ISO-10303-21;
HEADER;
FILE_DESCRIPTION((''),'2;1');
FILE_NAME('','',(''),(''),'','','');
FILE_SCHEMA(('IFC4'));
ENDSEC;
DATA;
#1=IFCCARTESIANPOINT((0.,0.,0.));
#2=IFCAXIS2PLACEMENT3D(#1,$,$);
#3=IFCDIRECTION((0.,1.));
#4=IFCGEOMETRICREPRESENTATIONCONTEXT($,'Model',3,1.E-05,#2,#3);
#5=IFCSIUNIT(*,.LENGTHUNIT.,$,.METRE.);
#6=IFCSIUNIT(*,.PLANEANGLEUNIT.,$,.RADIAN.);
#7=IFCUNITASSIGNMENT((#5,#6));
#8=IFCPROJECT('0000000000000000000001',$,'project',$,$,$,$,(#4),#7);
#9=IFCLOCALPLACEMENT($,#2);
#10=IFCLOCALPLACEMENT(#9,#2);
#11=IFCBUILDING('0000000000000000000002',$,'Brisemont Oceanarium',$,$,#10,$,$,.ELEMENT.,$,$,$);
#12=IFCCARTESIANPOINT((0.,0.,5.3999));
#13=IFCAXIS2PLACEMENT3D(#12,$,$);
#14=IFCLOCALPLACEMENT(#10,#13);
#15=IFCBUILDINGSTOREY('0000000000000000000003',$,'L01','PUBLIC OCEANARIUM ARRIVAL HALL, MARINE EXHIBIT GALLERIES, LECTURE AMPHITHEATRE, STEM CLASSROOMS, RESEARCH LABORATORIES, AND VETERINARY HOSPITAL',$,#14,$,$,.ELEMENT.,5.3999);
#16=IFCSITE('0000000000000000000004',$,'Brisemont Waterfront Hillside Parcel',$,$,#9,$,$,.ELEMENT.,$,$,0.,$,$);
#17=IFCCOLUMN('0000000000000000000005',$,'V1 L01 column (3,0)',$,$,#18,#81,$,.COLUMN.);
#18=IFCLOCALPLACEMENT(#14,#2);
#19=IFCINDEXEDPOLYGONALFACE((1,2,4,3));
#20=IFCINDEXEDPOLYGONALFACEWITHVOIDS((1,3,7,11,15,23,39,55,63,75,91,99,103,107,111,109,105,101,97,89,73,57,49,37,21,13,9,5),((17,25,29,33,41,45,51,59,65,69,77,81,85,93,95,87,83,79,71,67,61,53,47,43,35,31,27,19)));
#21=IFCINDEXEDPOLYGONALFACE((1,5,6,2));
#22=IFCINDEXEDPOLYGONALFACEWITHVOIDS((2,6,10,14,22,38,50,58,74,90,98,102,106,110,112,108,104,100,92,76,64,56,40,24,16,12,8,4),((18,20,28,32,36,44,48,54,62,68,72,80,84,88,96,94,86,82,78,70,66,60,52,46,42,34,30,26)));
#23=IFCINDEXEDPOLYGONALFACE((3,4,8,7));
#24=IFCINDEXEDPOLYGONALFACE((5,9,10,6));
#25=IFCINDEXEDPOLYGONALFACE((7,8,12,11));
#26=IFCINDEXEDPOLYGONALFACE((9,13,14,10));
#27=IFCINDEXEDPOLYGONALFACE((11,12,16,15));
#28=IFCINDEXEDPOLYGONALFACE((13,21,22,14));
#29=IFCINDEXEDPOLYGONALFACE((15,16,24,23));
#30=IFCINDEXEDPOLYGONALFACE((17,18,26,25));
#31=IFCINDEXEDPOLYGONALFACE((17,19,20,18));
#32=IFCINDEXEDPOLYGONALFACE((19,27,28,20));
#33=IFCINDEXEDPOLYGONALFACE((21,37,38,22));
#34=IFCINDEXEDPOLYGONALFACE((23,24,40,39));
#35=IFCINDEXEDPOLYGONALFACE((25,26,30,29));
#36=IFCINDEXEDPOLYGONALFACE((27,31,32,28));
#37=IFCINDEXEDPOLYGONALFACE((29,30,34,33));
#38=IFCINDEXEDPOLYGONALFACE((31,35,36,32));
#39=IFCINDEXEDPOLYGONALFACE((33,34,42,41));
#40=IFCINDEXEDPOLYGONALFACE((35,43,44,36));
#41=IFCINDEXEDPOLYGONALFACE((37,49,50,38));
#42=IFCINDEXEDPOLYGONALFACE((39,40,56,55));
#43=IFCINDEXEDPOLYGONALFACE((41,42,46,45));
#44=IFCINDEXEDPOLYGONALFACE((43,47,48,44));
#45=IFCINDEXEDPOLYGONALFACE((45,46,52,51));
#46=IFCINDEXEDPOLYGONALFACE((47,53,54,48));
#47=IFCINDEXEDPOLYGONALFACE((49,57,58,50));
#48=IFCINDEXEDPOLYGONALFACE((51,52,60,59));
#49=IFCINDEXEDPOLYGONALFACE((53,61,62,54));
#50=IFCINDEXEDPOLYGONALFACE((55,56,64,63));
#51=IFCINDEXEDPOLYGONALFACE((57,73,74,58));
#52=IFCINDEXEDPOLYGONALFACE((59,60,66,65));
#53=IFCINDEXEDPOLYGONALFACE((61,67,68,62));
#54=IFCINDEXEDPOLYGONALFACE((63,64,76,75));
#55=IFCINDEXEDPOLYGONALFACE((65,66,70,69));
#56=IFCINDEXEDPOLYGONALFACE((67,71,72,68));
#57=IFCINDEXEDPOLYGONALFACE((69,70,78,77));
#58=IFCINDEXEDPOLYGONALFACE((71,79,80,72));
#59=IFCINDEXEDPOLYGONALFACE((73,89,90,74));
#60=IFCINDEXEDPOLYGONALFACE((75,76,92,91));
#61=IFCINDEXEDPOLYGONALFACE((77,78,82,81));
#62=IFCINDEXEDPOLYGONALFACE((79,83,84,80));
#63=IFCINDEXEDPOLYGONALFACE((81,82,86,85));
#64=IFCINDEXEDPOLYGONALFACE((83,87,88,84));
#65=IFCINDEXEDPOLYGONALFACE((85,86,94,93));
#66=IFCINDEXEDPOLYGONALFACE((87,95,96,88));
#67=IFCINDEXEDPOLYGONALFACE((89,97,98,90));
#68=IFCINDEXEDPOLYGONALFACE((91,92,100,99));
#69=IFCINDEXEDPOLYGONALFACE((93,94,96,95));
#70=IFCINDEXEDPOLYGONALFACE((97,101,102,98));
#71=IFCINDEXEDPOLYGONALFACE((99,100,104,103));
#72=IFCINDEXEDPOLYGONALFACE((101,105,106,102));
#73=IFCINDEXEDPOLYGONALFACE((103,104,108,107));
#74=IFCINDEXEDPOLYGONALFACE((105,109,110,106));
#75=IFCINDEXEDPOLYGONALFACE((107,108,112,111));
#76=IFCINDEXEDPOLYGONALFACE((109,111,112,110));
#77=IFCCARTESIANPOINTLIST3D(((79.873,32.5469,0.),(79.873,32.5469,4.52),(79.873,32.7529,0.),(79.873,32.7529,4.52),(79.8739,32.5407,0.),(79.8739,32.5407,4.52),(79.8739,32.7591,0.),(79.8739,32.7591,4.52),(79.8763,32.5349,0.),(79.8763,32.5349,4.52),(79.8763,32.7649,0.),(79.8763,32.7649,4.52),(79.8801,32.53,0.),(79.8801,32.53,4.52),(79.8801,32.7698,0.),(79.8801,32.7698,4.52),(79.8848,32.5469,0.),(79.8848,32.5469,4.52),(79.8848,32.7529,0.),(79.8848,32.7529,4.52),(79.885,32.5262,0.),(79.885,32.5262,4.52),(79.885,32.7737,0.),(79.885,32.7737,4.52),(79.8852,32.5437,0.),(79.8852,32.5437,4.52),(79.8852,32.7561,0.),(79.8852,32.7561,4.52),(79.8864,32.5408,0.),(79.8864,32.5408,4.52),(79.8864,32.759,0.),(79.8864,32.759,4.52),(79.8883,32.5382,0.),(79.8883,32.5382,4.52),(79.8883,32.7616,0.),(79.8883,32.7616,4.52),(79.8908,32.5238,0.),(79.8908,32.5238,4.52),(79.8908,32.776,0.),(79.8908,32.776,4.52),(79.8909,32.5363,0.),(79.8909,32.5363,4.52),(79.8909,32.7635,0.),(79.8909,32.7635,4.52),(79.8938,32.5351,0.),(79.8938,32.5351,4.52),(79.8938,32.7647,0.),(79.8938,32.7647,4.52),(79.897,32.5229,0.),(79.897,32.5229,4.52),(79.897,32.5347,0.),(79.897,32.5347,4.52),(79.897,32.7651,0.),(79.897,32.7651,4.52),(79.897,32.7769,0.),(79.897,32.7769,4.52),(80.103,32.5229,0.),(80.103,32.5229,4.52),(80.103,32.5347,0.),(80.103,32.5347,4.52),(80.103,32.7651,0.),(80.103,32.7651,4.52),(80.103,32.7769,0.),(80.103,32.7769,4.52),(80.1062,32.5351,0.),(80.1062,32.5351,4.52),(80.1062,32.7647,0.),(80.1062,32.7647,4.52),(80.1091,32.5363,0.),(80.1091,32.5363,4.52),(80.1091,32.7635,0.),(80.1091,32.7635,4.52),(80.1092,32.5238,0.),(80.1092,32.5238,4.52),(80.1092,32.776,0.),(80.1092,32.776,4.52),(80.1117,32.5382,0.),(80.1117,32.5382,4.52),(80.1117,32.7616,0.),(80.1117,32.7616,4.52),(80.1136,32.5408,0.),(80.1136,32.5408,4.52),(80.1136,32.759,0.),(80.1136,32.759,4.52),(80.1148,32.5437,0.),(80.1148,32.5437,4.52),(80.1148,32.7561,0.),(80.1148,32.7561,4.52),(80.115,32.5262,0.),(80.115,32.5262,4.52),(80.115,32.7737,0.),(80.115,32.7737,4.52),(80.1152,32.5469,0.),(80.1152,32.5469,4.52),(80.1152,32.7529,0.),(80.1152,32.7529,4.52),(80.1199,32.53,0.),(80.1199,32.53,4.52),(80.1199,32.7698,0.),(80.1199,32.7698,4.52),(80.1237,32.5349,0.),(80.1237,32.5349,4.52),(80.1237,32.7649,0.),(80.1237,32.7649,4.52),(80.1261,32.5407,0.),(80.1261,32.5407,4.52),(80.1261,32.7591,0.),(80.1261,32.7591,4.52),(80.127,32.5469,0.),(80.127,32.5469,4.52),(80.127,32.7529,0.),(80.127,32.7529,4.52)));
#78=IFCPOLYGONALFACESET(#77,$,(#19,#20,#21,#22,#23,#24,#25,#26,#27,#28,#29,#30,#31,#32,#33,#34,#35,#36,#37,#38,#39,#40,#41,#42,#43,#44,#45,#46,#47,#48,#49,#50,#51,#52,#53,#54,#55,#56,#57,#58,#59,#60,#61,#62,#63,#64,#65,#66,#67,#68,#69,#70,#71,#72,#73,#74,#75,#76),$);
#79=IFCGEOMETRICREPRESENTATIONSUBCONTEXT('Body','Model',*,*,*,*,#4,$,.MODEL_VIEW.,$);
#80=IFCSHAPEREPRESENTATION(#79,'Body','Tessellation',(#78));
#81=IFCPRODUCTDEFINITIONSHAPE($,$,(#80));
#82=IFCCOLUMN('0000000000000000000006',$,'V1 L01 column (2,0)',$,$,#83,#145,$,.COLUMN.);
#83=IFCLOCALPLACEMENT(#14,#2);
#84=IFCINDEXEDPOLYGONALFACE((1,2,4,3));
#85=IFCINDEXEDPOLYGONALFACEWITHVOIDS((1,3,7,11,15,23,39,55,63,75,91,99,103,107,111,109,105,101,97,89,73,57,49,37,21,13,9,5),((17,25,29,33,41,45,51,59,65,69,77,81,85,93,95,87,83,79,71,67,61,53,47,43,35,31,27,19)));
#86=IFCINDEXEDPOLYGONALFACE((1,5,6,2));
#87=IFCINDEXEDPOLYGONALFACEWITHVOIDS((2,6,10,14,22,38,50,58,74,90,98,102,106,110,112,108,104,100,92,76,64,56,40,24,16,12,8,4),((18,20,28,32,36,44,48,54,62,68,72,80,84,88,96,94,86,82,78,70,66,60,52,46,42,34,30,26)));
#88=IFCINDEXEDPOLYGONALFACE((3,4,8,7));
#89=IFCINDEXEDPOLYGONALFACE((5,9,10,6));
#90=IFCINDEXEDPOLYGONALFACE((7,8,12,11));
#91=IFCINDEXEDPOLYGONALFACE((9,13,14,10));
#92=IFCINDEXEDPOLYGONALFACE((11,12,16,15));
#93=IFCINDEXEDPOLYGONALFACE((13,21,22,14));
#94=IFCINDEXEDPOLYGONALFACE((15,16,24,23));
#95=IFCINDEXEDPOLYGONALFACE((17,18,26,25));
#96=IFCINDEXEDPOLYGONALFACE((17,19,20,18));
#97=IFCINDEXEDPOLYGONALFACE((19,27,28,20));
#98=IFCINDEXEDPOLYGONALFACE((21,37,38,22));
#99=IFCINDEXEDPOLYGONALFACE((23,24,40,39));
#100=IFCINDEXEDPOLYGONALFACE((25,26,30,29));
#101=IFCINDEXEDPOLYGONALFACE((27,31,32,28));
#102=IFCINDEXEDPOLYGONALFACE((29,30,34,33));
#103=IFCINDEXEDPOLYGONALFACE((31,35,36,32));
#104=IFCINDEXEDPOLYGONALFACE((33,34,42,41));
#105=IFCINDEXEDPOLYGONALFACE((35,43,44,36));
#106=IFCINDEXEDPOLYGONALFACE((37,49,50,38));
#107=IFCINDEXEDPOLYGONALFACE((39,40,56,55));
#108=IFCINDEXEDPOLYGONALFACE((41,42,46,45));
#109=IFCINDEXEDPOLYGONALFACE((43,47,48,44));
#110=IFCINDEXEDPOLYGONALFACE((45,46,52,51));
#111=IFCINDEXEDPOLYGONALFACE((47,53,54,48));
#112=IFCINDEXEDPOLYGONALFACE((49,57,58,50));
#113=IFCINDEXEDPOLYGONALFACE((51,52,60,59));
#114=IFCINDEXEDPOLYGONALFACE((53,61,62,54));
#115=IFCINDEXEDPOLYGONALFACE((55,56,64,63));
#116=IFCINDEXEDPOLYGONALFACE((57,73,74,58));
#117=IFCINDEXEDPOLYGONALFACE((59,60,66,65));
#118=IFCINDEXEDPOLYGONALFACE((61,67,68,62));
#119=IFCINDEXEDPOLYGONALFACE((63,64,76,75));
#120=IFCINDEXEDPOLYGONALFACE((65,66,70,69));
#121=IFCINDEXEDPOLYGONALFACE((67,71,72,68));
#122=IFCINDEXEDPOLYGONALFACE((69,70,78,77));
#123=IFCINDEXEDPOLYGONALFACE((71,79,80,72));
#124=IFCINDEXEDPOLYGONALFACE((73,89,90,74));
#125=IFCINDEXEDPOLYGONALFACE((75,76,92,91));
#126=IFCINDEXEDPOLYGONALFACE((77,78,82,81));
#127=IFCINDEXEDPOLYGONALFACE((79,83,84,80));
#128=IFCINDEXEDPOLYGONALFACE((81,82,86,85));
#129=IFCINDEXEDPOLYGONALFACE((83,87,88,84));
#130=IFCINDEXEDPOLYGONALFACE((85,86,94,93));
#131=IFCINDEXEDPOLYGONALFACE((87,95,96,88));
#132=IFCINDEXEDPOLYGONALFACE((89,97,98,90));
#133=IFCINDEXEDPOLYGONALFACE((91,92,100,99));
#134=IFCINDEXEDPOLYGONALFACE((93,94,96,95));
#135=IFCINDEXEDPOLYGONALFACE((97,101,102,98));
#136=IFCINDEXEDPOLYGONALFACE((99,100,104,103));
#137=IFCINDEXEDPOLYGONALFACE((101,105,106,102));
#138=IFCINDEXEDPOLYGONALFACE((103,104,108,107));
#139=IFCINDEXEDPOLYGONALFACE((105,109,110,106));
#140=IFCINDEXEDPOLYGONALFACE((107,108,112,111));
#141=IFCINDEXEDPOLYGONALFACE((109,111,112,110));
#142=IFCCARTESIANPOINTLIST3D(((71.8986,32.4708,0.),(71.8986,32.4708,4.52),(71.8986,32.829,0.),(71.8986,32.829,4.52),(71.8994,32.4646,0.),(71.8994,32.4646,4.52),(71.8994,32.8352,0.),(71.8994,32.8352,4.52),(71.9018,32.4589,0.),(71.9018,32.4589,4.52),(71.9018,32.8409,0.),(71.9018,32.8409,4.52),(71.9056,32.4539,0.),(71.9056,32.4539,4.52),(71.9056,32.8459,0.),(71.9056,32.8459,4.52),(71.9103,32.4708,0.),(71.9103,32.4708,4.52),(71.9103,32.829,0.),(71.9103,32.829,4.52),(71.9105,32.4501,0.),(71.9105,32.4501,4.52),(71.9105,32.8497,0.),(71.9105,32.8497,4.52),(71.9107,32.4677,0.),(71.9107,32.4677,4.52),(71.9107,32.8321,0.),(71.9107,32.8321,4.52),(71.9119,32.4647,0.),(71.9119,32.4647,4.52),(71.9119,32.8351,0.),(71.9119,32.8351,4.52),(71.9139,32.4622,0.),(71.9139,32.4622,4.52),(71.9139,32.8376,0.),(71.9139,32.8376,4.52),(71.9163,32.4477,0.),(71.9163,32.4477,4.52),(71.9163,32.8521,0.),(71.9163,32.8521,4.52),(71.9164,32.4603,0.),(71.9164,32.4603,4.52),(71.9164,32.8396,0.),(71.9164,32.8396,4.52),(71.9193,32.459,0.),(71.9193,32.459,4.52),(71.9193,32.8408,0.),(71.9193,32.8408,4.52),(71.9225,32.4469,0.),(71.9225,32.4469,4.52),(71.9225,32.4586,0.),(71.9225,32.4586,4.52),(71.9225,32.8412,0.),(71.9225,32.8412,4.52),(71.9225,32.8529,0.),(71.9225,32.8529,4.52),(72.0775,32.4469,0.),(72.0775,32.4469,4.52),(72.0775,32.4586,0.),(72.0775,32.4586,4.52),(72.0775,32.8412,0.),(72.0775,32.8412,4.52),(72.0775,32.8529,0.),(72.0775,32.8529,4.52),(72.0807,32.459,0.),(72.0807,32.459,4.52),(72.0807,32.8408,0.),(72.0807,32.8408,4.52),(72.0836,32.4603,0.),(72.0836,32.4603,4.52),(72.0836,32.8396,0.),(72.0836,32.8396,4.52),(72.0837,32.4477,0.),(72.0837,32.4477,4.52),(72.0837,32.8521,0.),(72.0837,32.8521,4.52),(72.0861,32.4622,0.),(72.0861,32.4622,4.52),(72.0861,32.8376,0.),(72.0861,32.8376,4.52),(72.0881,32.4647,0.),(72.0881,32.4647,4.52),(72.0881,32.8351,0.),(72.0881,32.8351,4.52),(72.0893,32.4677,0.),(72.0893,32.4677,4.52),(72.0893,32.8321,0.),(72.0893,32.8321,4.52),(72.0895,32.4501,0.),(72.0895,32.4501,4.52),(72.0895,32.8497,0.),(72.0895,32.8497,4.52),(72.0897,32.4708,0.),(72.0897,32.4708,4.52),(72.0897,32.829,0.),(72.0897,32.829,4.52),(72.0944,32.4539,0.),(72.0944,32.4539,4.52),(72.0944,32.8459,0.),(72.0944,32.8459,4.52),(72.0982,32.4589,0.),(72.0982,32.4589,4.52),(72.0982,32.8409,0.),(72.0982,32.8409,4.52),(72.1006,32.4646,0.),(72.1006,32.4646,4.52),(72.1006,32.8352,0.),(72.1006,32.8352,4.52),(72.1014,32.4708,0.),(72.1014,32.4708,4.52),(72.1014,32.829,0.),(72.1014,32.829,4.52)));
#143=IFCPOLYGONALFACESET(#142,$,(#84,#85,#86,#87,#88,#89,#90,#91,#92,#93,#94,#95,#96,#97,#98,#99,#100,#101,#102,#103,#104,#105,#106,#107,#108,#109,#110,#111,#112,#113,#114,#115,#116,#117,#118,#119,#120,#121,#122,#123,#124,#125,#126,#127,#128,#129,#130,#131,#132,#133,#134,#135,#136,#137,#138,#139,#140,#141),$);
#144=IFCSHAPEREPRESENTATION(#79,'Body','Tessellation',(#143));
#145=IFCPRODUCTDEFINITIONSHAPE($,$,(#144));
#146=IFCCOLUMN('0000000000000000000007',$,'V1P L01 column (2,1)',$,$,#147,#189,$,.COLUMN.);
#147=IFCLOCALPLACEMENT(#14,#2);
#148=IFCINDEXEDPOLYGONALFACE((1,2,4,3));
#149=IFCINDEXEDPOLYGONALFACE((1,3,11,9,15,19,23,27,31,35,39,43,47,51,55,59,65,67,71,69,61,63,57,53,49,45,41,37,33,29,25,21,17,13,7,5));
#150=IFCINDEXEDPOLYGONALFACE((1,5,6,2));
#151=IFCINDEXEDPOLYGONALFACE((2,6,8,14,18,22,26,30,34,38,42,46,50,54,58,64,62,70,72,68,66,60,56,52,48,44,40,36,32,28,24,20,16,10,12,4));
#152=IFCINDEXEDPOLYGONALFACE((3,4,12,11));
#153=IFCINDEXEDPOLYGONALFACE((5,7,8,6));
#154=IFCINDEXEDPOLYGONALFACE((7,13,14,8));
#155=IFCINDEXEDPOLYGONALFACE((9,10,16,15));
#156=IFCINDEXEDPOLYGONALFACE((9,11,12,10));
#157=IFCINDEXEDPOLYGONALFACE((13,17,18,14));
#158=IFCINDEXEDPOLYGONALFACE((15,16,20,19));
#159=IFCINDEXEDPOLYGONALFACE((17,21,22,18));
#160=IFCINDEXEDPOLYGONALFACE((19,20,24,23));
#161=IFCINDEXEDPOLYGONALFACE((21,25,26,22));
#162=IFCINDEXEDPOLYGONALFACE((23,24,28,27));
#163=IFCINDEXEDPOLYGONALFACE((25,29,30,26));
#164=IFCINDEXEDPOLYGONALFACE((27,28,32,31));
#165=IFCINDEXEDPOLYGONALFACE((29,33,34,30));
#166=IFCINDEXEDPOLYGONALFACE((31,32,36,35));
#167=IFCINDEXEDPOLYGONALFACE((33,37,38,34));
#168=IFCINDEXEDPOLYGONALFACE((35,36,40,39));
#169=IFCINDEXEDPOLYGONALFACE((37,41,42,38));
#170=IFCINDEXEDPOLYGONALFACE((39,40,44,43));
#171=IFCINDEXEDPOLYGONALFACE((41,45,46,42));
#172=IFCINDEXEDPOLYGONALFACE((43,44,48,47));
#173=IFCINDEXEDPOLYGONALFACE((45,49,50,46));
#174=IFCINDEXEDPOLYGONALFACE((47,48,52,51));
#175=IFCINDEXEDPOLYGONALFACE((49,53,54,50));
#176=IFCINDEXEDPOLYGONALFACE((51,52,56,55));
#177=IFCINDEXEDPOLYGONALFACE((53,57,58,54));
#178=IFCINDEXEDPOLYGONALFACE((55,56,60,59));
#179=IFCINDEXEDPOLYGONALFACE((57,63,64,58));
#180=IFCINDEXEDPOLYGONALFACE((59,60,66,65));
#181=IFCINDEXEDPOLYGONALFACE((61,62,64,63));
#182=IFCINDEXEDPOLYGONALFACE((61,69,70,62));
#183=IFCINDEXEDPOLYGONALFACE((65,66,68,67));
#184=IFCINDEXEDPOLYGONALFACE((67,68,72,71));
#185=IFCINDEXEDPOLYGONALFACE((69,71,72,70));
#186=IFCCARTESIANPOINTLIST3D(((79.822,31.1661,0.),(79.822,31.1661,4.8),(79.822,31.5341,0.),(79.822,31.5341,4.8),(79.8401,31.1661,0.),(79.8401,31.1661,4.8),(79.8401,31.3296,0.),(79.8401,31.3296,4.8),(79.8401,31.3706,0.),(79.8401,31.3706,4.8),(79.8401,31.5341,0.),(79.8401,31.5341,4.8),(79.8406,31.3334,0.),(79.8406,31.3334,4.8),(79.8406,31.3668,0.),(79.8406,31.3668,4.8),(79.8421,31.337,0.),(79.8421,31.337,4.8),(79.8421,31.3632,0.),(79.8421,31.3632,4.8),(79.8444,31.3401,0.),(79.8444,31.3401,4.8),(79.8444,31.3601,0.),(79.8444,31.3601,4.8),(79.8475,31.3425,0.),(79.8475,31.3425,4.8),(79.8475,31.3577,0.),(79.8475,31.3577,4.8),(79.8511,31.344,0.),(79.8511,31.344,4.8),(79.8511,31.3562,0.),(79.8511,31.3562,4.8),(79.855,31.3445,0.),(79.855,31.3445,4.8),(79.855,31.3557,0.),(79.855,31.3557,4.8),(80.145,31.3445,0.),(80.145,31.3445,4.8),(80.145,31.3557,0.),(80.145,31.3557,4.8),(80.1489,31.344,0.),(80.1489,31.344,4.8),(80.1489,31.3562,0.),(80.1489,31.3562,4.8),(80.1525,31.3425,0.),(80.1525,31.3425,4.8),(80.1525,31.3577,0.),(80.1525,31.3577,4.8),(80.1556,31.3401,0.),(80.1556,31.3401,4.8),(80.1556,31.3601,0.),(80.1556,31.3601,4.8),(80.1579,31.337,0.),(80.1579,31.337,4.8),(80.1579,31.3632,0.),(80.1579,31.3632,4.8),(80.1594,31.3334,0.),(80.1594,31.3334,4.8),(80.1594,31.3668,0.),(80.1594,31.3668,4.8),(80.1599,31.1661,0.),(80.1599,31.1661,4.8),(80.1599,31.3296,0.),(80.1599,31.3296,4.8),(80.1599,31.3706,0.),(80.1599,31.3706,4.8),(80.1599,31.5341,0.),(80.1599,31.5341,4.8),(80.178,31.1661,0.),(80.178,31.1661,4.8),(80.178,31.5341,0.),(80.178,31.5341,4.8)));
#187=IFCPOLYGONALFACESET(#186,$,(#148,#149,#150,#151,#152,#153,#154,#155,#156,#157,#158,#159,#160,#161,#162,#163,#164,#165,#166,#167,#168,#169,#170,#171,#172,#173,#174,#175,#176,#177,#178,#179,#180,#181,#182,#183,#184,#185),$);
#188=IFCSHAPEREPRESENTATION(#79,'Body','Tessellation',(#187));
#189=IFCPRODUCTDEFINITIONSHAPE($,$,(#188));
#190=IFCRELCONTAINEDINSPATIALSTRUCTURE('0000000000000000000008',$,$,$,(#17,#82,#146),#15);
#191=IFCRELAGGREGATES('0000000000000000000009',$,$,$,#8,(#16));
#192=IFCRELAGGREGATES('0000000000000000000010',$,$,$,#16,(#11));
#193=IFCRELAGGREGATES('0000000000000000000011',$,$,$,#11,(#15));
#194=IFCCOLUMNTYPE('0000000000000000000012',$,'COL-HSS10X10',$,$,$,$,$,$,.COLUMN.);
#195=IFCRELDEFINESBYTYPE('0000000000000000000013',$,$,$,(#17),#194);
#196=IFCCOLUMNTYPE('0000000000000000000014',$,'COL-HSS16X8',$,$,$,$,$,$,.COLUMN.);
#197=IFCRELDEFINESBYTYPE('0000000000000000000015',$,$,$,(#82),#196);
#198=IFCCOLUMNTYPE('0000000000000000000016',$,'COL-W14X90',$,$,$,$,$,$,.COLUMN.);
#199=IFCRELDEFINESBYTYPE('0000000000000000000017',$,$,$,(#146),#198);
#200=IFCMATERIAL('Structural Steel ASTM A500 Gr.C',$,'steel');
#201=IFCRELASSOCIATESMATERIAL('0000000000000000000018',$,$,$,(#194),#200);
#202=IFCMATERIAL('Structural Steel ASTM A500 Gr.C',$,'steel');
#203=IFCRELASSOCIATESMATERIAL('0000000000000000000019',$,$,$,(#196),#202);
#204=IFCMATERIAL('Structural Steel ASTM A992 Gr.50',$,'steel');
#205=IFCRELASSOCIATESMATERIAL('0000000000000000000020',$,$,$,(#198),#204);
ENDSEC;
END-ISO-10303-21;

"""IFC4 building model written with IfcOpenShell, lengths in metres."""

from ifc_helpers import new_model, si_unit, direction, frame, origin, origin_2d, place, context, subcontext, project, spatial, hollow_rectangle, i_section, extrude, material, material_profile, profile_set, type_object, element, save


model = new_model("IFC4")

# Units and contexts
model_context = context("Model", 3, precision=1e-05, world=origin(), true_north=direction((0.0, 1.0)))
body_context = subcontext(model_context, "Body", "Model", "MODEL_VIEW")
ifc_project = project(units=[si_unit("LENGTHUNIT", "METRE"), si_unit("PLANEANGLEUNIT", "RADIAN")], contexts=[model_context])

# Site, building, storey
site_placement = place(None, origin())
site = spatial("IfcSite", under=ifc_project, at=site_placement, Name="Brisemont Waterfront Hillside Parcel", CompositionType="ELEMENT", RefElevation=0.0)
building_placement = place(site_placement, origin())
building = spatial("IfcBuilding", under=site, at=building_placement, Name="Brisemont Oceanarium", CompositionType="ELEMENT")
storey_placement = place(building_placement, frame((0.0, 0.0, 5.3999)))
storey = spatial("IfcBuildingStorey", under=building, at=storey_placement, Name="L01", Description="PUBLIC OCEANARIUM ARRIVAL HALL, MARINE EXHIBIT GALLERIES, LECTURE AMPHITHEATRE, STEM CLASSROOMS, RESEARCH LABORATORIES, AND VETERINARY HOSPITAL", CompositionType="ELEMENT", Elevation=5.3999)

# Columns
ifc_material_1 = material(Name="Structural Steel ASTM A500 Gr.C", Category="steel")
ifc_material_profile_1 = material_profile(ifc_material_1, hollow_rectangle(XDim=0.2539, YDim=0.2539, WallThickness=0.0117, InnerFilletRadius=0.0122, OuterFilletRadius=0.0239, at=origin_2d()), Name="HSS10X10X1/2")
ifc_profile_set_1 = profile_set([ifc_material_profile_1], Name="Structural Steel ASTM A500 Gr.C")
column_type_1 = type_object("IfcColumnType", Name="COL-HSS10X10", PredefinedType="COLUMN", material=ifc_profile_set_1)
column_1_placement = place(storey_placement, frame((80.0, 32.6499, 0.0), z_axis=(0.0, 0.0, 1.0), x_axis=(0.0, 1.0, 0.0)))
element("IfcColumn", 1, at=column_1_placement, inside=storey, type_object=column_type_1, Name="V1 L01 column (3,0)", PredefinedType="COLUMN", context=body_context, shape_type="SweptSolid", body=[
    extrude(hollow_rectangle(XDim=0.2539, YDim=0.2539, WallThickness=0.0117, InnerFilletRadius=0.0122, OuterFilletRadius=0.0239, at=origin_2d()), origin(), (0.0, 0.0, 1.0), 4.52),
])
ifc_material_2 = material(Name="Structural Steel ASTM A500 Gr.C", Category="steel")
ifc_material_profile_2 = material_profile(ifc_material_2, hollow_rectangle(XDim=0.2029, YDim=0.406, WallThickness=0.0117, InnerFilletRadius=0.0122, OuterFilletRadius=0.0239, at=origin_2d()), Name="HSS16X8X1/2")
ifc_profile_set_2 = profile_set([ifc_material_profile_2], Name="Structural Steel ASTM A500 Gr.C")
column_type_2 = type_object("IfcColumnType", Name="COL-HSS16X8", PredefinedType="COLUMN", material=ifc_profile_set_2)
column_2_placement = place(storey_placement, frame((72.0, 32.6499, 0.0), z_axis=(0.0, 0.0, 1.0), x_axis=(1.0, 0.0, 0.0)))
element("IfcColumn", 2, at=column_2_placement, inside=storey, type_object=column_type_2, Name="V1 L01 column (2,0)", PredefinedType="COLUMN", context=body_context, shape_type="SweptSolid", body=[
    extrude(hollow_rectangle(XDim=0.2029, YDim=0.406, WallThickness=0.0117, InnerFilletRadius=0.0122, OuterFilletRadius=0.0239, at=origin_2d()), origin(), (0.0, 0.0, 1.0), 4.52),
])
ifc_material_3 = material(Name="Structural Steel ASTM A992 Gr.50", Category="steel")
ifc_material_profile_3 = material_profile(ifc_material_3, i_section(OverallWidth=0.3679, OverallDepth=0.356, WebThickness=0.0112, FlangeThickness=0.0181, FilletRadius=0.0149, at=origin_2d()), Name="W14X90")
ifc_profile_set_3 = profile_set([ifc_material_profile_3], Name="Structural Steel ASTM A992 Gr.50")
column_type_3 = type_object("IfcColumnType", Name="COL-W14X90", PredefinedType="COLUMN", material=ifc_profile_set_3)
column_3_placement = place(storey_placement, frame((80.0, 31.3501, 0.0), z_axis=(0.0, 0.0, 1.0), x_axis=(0.0, 1.0, 0.0)))
element("IfcColumn", 3, at=column_3_placement, inside=storey, type_object=column_type_3, Name="V1P L01 column (2,1)", PredefinedType="COLUMN", context=body_context, shape_type="SweptSolid", body=[
    extrude(i_section(OverallWidth=0.3679, OverallDepth=0.356, WebThickness=0.0112, FlangeThickness=0.0181, FilletRadius=0.0149, at=origin_2d()), origin(), (0.0, 0.0, 1.0), 4.8),
])

save(model, "model.ifc")
